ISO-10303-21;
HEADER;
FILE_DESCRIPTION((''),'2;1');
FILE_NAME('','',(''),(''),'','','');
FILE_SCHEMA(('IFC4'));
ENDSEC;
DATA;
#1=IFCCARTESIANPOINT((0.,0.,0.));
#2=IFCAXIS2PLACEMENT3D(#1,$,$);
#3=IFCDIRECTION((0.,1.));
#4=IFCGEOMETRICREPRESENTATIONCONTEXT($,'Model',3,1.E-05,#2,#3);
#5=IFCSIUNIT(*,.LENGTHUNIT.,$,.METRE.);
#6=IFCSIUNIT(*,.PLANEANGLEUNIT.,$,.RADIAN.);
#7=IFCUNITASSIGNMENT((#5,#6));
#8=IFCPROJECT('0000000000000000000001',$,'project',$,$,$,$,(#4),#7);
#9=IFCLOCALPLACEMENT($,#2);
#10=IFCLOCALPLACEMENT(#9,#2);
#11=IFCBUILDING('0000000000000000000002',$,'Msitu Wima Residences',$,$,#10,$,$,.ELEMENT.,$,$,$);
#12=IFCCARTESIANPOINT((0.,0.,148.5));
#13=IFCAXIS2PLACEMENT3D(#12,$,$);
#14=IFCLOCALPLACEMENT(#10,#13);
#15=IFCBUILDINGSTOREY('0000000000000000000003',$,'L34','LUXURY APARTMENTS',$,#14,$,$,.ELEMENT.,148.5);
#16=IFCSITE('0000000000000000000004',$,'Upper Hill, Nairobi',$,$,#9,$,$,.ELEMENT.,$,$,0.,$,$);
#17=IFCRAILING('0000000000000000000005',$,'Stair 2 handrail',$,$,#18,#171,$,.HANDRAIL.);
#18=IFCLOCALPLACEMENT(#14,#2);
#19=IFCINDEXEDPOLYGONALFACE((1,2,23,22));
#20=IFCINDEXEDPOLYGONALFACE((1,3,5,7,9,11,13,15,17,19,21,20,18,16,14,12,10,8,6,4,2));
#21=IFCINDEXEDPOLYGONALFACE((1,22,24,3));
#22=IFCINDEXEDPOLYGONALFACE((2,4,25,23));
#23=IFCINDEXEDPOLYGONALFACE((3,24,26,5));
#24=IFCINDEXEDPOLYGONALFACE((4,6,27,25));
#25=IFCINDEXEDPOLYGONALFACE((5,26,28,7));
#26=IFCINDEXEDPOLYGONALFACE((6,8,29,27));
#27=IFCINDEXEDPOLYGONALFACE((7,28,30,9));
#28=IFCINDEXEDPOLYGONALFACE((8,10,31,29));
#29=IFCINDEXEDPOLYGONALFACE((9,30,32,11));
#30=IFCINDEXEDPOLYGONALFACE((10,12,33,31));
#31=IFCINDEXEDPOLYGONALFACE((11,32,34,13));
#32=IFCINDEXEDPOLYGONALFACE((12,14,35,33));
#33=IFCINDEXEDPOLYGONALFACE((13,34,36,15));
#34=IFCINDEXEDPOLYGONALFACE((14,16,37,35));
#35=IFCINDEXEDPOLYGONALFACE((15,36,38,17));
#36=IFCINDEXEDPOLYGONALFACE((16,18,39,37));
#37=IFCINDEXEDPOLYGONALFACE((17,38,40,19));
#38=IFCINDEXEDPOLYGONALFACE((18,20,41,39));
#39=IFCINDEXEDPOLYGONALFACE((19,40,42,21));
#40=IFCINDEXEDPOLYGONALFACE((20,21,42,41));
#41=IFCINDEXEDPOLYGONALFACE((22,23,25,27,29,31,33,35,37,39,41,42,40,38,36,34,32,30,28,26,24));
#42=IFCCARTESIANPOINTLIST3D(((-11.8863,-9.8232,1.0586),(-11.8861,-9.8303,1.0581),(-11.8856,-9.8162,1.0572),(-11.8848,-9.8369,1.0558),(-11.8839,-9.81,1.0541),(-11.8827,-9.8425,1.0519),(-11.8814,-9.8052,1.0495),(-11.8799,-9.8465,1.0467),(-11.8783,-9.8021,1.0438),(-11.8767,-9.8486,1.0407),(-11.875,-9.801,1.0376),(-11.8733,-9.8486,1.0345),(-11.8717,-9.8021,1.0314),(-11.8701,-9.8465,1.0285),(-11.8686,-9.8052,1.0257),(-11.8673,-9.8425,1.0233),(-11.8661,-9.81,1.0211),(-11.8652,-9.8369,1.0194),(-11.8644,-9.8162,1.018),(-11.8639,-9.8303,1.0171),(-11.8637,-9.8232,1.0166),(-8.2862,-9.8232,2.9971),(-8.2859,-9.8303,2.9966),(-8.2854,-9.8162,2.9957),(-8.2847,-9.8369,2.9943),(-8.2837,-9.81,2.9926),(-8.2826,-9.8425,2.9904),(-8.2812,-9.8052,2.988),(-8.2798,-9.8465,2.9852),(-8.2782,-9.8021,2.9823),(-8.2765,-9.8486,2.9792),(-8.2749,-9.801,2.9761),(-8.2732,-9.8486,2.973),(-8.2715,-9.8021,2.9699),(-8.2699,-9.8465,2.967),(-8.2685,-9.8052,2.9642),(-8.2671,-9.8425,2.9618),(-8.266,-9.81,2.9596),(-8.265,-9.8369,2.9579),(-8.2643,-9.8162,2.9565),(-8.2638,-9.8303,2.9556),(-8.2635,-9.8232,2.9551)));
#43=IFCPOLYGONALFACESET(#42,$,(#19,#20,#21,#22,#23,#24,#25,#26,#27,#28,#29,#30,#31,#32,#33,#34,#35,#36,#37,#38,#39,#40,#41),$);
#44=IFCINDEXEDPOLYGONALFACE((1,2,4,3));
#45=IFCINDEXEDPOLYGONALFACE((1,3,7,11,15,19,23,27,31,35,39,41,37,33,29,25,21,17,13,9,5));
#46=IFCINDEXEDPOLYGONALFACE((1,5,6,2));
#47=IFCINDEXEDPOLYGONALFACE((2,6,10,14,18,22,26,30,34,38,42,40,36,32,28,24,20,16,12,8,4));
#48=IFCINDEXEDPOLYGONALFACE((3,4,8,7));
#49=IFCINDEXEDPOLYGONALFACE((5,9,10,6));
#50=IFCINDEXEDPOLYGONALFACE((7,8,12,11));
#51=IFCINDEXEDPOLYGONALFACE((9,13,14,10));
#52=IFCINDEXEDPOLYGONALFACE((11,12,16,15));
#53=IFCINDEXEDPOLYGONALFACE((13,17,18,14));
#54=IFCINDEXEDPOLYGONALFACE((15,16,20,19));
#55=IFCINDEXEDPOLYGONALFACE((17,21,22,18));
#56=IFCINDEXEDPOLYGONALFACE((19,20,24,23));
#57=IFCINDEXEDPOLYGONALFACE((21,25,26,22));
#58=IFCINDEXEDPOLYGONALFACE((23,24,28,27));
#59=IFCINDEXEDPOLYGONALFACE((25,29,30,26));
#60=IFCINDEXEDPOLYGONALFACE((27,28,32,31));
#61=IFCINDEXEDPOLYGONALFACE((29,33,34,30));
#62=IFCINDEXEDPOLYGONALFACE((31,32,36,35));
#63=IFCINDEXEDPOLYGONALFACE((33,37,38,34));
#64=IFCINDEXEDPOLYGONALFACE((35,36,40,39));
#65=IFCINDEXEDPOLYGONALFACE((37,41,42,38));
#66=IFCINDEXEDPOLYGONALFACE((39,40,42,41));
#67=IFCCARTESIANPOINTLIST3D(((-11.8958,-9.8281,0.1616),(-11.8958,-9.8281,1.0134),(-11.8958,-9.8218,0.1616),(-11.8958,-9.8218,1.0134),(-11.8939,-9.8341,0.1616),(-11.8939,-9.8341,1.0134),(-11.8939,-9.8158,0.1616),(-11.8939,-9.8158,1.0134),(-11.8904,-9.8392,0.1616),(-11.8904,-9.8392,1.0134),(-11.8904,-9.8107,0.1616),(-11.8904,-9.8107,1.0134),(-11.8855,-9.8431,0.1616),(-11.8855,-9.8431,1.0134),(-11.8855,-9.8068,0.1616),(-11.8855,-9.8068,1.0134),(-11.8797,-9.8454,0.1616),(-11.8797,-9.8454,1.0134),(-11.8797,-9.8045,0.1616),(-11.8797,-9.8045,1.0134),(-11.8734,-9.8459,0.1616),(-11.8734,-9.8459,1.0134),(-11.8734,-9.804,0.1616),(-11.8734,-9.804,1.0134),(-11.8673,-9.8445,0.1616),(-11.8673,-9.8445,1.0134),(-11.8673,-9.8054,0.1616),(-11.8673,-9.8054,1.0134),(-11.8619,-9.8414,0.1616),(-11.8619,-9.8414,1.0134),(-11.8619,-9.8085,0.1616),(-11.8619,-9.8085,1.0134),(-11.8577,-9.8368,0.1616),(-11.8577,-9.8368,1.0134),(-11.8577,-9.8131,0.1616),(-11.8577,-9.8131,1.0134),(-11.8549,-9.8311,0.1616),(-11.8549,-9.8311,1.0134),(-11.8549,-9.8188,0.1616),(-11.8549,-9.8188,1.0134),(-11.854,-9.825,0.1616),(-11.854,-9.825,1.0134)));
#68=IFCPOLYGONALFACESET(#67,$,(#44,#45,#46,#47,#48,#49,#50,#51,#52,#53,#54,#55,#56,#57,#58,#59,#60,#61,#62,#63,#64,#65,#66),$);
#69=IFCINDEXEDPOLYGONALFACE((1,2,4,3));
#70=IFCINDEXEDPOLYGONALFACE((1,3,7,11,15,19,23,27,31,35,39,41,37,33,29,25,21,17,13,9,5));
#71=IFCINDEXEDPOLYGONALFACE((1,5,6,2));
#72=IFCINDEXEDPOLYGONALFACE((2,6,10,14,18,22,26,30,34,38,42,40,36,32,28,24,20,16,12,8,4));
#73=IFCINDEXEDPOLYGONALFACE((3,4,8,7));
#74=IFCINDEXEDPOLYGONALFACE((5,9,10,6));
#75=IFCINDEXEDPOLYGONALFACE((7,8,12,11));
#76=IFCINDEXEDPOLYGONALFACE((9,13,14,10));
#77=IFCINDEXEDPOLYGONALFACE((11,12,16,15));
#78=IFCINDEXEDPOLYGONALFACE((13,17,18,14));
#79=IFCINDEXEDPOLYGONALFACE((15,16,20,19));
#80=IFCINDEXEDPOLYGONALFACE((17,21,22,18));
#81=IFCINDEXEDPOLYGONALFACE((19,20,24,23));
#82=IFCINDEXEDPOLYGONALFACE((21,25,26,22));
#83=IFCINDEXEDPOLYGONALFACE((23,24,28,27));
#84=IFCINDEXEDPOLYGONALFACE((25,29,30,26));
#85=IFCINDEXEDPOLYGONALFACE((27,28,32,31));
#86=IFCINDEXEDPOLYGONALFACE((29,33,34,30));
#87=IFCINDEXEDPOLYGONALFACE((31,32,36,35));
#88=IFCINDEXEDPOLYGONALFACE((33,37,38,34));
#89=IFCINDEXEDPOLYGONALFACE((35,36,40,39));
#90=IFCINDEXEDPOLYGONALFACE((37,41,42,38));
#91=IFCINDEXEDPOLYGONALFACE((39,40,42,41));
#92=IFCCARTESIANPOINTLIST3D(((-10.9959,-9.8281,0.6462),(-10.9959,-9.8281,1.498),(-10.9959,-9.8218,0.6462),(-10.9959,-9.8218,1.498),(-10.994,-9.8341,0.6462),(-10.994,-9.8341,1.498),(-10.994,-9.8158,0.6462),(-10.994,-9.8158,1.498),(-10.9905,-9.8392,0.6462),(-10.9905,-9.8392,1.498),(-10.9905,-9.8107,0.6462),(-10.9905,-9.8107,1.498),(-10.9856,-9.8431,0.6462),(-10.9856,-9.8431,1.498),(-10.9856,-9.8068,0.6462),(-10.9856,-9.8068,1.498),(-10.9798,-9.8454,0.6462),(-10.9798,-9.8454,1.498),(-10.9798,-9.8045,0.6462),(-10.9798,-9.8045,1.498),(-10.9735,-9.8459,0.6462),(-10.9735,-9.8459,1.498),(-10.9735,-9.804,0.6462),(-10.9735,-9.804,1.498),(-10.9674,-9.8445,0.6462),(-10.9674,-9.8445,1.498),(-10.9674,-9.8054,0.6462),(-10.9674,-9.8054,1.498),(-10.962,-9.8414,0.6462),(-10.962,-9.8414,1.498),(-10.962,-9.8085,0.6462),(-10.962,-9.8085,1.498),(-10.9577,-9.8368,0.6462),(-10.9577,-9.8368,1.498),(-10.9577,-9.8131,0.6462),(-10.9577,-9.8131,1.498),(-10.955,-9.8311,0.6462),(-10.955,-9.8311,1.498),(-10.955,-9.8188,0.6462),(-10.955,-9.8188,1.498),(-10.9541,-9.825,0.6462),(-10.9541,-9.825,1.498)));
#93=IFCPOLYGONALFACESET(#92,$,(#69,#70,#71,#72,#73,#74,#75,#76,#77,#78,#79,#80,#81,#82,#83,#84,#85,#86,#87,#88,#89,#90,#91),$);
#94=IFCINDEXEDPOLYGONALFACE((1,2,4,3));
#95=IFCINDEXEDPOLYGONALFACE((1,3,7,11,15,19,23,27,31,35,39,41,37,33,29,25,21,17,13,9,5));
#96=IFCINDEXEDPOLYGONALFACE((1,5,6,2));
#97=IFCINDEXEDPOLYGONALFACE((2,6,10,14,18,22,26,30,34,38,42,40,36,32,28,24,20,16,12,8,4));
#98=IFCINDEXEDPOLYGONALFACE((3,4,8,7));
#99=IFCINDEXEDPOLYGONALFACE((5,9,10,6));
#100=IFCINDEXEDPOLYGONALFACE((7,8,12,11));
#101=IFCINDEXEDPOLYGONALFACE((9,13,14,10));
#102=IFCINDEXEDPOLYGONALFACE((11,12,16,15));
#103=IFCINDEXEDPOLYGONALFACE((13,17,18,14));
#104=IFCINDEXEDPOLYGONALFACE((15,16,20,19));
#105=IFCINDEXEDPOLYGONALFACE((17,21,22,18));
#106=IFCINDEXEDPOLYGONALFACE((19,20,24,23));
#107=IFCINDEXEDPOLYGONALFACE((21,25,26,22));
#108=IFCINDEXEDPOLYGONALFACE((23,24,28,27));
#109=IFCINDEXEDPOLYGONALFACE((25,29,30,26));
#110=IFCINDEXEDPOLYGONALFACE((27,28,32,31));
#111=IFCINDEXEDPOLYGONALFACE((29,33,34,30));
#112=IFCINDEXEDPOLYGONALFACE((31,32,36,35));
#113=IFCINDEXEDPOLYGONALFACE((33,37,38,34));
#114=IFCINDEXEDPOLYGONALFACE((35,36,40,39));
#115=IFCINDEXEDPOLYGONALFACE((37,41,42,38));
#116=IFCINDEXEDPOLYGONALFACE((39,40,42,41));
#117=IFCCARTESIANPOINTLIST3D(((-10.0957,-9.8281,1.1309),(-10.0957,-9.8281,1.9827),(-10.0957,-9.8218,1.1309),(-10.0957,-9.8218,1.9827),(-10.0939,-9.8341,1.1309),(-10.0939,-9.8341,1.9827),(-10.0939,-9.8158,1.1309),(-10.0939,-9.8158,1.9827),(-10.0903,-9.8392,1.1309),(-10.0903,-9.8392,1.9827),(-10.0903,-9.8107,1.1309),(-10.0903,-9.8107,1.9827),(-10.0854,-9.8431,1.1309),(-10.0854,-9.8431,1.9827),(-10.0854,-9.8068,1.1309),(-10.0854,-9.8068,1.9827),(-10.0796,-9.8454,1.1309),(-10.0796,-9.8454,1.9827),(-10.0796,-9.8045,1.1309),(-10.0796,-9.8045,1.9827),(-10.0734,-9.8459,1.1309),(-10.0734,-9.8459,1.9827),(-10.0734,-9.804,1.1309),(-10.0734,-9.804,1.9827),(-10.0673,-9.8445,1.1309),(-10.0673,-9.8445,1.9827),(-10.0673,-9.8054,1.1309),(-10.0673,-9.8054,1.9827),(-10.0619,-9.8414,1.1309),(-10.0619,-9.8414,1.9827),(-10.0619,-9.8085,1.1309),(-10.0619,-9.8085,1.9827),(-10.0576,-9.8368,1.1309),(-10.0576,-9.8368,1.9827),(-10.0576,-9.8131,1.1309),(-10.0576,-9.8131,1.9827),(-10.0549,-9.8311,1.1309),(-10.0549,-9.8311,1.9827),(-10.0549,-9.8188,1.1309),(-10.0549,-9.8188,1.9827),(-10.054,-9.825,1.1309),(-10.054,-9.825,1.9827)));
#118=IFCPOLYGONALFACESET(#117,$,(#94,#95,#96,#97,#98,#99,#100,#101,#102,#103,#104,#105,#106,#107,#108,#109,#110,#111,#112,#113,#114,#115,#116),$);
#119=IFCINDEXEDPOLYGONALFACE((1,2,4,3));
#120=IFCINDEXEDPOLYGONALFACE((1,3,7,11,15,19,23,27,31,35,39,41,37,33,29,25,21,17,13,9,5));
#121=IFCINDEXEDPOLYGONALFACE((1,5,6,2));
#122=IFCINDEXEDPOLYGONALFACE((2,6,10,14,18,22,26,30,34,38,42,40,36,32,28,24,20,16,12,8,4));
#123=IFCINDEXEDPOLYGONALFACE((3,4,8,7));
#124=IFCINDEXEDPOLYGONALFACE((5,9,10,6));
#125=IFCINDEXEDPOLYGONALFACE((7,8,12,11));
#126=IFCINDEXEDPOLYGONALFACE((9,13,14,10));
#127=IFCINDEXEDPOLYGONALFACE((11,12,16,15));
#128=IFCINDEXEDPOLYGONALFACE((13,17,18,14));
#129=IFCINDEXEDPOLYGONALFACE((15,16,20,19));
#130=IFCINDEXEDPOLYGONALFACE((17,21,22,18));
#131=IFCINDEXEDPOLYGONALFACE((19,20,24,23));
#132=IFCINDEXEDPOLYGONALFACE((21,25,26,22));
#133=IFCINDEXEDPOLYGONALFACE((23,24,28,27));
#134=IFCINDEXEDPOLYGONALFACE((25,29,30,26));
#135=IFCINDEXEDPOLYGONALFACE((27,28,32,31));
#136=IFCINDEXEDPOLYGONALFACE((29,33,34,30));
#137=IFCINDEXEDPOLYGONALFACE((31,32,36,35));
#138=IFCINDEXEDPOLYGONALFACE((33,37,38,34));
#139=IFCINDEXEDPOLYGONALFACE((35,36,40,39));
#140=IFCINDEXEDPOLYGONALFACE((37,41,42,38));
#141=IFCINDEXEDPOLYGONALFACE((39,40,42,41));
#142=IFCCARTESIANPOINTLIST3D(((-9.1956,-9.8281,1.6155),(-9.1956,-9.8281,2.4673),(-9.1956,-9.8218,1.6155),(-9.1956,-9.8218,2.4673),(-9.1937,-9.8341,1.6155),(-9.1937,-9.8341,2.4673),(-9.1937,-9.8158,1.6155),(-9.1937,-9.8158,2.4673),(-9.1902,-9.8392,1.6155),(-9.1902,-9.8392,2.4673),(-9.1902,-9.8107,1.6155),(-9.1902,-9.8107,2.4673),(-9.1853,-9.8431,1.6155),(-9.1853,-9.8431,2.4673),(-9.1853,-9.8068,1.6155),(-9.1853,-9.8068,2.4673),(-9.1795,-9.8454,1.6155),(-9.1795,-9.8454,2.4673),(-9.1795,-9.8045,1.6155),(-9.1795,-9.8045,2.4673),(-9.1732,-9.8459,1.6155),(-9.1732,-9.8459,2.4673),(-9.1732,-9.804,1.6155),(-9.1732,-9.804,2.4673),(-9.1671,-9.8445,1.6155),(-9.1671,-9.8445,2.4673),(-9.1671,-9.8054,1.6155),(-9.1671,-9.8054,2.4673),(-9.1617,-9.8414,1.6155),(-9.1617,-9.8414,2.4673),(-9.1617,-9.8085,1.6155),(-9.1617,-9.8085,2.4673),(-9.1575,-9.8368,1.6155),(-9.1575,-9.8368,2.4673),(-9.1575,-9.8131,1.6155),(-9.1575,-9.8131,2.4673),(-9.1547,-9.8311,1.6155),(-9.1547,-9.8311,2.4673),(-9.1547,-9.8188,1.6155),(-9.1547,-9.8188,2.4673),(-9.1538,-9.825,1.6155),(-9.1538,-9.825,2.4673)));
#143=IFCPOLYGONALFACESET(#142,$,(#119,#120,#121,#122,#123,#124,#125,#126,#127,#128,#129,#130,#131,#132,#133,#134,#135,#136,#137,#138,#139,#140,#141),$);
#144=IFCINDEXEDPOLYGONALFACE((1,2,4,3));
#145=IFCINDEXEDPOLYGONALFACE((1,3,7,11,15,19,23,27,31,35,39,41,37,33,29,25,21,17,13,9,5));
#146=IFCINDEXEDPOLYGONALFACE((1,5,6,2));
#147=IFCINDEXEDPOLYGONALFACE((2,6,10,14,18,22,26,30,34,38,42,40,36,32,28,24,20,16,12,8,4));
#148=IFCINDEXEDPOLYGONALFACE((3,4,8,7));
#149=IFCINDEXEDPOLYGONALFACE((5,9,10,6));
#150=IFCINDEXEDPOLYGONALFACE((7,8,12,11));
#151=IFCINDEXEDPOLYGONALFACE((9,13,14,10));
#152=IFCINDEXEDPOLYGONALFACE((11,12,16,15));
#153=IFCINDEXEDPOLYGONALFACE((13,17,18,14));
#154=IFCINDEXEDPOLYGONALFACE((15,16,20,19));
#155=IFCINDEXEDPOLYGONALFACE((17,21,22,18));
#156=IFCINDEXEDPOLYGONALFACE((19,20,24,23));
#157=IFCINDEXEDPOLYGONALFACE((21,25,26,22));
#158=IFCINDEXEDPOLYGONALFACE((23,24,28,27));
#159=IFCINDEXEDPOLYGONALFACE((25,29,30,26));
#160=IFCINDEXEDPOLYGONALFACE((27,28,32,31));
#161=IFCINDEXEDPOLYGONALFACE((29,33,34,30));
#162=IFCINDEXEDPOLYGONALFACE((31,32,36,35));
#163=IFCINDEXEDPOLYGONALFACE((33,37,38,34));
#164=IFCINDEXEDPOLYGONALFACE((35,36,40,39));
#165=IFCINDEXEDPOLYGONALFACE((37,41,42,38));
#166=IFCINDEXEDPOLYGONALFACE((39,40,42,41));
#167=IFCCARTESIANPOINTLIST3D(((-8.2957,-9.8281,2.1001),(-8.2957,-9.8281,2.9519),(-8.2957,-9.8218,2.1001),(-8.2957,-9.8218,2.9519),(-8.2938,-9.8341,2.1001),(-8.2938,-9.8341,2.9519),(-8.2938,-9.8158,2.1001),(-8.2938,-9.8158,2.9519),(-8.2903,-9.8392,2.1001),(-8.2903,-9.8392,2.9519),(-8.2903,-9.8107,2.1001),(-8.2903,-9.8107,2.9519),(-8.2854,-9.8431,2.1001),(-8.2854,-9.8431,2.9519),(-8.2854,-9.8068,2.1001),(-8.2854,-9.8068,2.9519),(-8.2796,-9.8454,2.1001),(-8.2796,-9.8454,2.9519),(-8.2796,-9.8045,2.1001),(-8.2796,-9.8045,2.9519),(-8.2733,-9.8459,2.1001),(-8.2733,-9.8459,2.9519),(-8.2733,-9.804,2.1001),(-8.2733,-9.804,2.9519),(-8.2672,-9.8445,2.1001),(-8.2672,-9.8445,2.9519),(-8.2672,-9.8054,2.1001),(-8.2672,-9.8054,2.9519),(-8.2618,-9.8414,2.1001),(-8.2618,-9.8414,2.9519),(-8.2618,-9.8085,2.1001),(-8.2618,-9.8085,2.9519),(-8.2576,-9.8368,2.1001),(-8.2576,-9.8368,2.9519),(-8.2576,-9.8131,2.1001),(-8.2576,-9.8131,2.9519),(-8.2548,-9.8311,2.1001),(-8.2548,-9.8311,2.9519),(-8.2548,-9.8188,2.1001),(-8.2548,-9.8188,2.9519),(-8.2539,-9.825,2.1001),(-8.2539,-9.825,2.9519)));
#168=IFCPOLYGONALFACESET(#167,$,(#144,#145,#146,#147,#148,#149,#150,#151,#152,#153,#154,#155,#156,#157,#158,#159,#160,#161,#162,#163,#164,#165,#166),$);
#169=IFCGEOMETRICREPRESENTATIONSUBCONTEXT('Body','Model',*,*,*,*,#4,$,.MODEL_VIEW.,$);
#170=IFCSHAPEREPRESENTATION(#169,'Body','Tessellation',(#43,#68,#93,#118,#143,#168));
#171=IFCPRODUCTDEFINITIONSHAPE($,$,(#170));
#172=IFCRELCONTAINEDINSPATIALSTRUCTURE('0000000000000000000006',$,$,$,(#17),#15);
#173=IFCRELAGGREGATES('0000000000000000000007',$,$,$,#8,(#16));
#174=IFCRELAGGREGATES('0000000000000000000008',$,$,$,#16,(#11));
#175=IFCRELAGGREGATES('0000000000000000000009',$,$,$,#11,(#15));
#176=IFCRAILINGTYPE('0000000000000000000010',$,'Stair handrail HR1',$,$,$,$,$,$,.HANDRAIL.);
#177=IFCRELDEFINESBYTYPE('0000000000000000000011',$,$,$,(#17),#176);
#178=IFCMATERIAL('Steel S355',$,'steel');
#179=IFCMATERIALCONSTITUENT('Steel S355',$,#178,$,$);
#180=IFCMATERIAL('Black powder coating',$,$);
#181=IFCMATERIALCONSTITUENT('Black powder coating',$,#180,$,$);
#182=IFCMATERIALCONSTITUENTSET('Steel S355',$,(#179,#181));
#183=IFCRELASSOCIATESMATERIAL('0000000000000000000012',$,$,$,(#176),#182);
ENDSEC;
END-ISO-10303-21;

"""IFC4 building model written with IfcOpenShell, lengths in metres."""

from ifc_helpers import new_model, si_unit, direction, frame, origin, origin_2d, place, context, subcontext, project, spatial, circle, extrude, material, constituent, constituent_set, type_object, element, save


model = new_model("IFC4")

# Units and contexts
model_context = context("Model", 3, precision=1e-05, world=origin(), true_north=direction((0.0, 1.0)))
body_context = subcontext(model_context, "Body", "Model", "MODEL_VIEW")
ifc_project = project(units=[si_unit("LENGTHUNIT", "METRE"), si_unit("PLANEANGLEUNIT", "RADIAN")], contexts=[model_context])

# Site, building, storey
site_placement = place(None, origin())
site = spatial("IfcSite", under=ifc_project, at=site_placement, Name="Upper Hill, Nairobi", CompositionType="ELEMENT", RefElevation=0.0)
building_placement = place(site_placement, origin())
building = spatial("IfcBuilding", under=site, at=building_placement, Name="Msitu Wima Residences", CompositionType="ELEMENT")
storey_placement = place(building_placement, frame((0.0, 0.0, 148.5)))
storey = spatial("IfcBuildingStorey", under=building, at=storey_placement, Name="L34", Description="LUXURY APARTMENTS", CompositionType="ELEMENT", Elevation=148.5)

# Railing
ifc_material_1 = material(Name="Steel S355", Category="steel")
ifc_constituent_1 = constituent(ifc_material_1, Name="Steel S355")
ifc_material_2 = material(Name="Black powder coating")
ifc_constituent_2 = constituent(ifc_material_2, Name="Black powder coating")
ifc_constituent_set = constituent_set(constituents=[ifc_constituent_1, ifc_constituent_2], Name="Steel S355")
railing_type = type_object("IfcRailingType", Name="Stair handrail HR1", PredefinedType="HANDRAIL", material=ifc_constituent_set)
for number, where, name in (
    (1, (-11.875, -9.825, 0.1616), "Stair 2 handrail"),
):
    element("IfcRailing", number, at=place(storey_placement, frame(where)), inside=storey, type_object=railing_type, Name=name, PredefinedType="HANDRAIL", context=body_context, shape_type="SweptSolid", body=[
        extrude(circle(Radius=0.0239, at=origin_2d()), frame((0.0, 0.0, 0.876), z_axis=(0.880475, 0.0, 0.474093), x_axis=(0.0, 1.0, 0.0)), (0.0, 0.0, 1.0), 4.0889),
        extrude(circle(Radius=0.021, at=origin_2d()), origin(), (0.0, 0.0, 1.0), 0.8518),
        extrude(circle(Radius=0.021, at=origin_2d()), frame((0.8999, 0.0, 0.4846)), (0.0, 0.0, 1.0), 0.8518),
        extrude(circle(Radius=0.021, at=origin_2d()), frame((1.8, 0.0, 0.9692)), (0.0, 0.0, 1.0), 0.8518),
        extrude(circle(Radius=0.021, at=origin_2d()), frame((2.7002, 0.0, 1.4539)), (0.0, 0.0, 1.0), 0.8518),
        extrude(circle(Radius=0.021, at=origin_2d()), frame((3.6001, 0.0, 1.9385)), (0.0, 0.0, 1.0), 0.8518),
    ])

save(model, "model.ifc")
